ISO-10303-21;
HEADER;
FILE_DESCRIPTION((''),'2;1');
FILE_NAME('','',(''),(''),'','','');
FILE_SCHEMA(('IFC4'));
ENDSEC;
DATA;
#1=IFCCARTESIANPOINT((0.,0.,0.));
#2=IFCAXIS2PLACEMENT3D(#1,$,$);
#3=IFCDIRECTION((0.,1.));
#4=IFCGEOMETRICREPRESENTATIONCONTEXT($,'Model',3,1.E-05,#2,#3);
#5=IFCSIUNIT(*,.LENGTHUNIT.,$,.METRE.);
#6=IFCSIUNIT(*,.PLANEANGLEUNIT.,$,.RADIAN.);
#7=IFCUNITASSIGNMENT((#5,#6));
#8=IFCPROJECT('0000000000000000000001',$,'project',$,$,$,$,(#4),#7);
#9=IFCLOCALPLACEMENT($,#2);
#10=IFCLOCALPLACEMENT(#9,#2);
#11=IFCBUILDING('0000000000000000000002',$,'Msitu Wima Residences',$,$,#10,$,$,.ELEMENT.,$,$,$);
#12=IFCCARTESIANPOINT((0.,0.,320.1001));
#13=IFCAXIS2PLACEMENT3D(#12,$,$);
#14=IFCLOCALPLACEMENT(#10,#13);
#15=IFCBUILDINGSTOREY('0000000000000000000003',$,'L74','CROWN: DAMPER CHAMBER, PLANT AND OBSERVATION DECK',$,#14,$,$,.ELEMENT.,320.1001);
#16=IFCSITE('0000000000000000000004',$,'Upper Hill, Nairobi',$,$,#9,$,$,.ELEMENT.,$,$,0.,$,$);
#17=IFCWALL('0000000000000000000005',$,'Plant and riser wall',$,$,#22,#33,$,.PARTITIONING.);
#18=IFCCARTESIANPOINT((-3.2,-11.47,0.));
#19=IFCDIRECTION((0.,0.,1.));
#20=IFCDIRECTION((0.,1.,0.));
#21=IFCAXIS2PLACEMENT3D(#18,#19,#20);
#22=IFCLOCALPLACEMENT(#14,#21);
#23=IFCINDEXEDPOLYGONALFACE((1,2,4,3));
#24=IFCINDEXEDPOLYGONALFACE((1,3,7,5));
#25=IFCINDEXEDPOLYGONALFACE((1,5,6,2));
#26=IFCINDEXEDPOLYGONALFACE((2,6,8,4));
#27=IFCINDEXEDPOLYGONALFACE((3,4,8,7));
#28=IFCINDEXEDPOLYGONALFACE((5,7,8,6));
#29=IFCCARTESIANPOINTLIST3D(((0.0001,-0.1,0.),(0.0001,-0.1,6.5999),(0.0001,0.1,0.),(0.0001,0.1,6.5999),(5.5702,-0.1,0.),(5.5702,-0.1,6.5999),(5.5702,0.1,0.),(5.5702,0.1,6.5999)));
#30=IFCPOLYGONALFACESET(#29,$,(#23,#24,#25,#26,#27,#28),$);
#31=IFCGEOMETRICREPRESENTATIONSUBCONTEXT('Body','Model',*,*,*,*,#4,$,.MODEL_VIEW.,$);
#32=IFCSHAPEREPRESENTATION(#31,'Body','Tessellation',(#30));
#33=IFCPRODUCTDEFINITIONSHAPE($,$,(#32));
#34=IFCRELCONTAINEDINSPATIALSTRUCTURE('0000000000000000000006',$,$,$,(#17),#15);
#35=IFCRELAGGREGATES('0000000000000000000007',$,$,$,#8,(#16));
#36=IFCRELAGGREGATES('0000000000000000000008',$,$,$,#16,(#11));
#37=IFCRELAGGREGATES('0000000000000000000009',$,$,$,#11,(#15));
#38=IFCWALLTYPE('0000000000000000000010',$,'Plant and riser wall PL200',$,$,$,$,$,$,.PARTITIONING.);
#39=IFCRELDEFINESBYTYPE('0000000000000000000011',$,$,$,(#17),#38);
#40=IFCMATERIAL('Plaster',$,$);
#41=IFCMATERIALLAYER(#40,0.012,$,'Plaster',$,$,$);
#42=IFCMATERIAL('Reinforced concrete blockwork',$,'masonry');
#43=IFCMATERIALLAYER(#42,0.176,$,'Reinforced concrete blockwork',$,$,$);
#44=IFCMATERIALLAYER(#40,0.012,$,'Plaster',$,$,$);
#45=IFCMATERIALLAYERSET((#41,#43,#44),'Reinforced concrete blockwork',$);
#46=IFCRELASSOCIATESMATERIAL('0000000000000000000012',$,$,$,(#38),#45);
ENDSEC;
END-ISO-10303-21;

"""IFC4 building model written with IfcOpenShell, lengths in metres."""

from ifc_helpers import new_model, si_unit, direction, frame, frame_2d, origin, place, context, subcontext, project, spatial, rectangle, extrude, material, layer, layer_set, type_object, element, save


model = new_model("IFC4")

# Units and contexts
model_context = context("Model", 3, precision=1e-05, world=origin(), true_north=direction((0.0, 1.0)))
body_context = subcontext(model_context, "Body", "Model", "MODEL_VIEW")
ifc_project = project(units=[si_unit("LENGTHUNIT", "METRE"), si_unit("PLANEANGLEUNIT", "RADIAN")], contexts=[model_context])

# Site, building, storey
site_placement = place(None, origin())
site = spatial("IfcSite", under=ifc_project, at=site_placement, Name="Upper Hill, Nairobi", CompositionType="ELEMENT", RefElevation=0.0)
building_placement = place(site_placement, origin())
building = spatial("IfcBuilding", under=site, at=building_placement, Name="Msitu Wima Residences", CompositionType="ELEMENT")
storey_placement = place(building_placement, frame((0.0, 0.0, 320.1001)))
storey = spatial("IfcBuildingStorey", under=building, at=storey_placement, Name="L74", Description="CROWN: DAMPER CHAMBER, PLANT AND OBSERVATION DECK", CompositionType="ELEMENT", Elevation=320.1001)

# Shared definitions
ifc_material_1 = material(Name="Plaster")
ifc_layer_1 = layer(ifc_material_1, 0.012, Name="Plaster")
ifc_material_2 = material(Name="Reinforced concrete blockwork", Category="masonry")
ifc_layer_2 = layer(ifc_material_2, 0.176, Name="Reinforced concrete blockwork")
ifc_layer_3 = layer(ifc_material_1, 0.012, Name="Plaster")
ifc_layer_set_1 = layer_set([ifc_layer_1, ifc_layer_2, ifc_layer_3], Name="Reinforced concrete blockwork")
wall_type_1 = type_object("IfcWallType", Name="Plant and riser wall PL200", PredefinedType="PARTITIONING", material=ifc_layer_set_1)

# Wall
wall_1_placement = place(storey_placement, frame((-3.2, -11.47, 0.0), z_axis=(0.0, 0.0, 1.0), x_axis=(0.0, 1.0, 0.0)))
element("IfcWall", 1, at=wall_1_placement, inside=storey, type_object=wall_type_1, Name="Plant and riser wall", PredefinedType="PARTITIONING", context=body_context, shape_type="SweptSolid", body=[
    extrude(rectangle(XDim=5.5701, YDim=0.2, at=frame_2d((2.7852, 0.0))), origin(), (0.0, 0.0, 1.0), 6.5999),
])

save(model, "model.ifc")
